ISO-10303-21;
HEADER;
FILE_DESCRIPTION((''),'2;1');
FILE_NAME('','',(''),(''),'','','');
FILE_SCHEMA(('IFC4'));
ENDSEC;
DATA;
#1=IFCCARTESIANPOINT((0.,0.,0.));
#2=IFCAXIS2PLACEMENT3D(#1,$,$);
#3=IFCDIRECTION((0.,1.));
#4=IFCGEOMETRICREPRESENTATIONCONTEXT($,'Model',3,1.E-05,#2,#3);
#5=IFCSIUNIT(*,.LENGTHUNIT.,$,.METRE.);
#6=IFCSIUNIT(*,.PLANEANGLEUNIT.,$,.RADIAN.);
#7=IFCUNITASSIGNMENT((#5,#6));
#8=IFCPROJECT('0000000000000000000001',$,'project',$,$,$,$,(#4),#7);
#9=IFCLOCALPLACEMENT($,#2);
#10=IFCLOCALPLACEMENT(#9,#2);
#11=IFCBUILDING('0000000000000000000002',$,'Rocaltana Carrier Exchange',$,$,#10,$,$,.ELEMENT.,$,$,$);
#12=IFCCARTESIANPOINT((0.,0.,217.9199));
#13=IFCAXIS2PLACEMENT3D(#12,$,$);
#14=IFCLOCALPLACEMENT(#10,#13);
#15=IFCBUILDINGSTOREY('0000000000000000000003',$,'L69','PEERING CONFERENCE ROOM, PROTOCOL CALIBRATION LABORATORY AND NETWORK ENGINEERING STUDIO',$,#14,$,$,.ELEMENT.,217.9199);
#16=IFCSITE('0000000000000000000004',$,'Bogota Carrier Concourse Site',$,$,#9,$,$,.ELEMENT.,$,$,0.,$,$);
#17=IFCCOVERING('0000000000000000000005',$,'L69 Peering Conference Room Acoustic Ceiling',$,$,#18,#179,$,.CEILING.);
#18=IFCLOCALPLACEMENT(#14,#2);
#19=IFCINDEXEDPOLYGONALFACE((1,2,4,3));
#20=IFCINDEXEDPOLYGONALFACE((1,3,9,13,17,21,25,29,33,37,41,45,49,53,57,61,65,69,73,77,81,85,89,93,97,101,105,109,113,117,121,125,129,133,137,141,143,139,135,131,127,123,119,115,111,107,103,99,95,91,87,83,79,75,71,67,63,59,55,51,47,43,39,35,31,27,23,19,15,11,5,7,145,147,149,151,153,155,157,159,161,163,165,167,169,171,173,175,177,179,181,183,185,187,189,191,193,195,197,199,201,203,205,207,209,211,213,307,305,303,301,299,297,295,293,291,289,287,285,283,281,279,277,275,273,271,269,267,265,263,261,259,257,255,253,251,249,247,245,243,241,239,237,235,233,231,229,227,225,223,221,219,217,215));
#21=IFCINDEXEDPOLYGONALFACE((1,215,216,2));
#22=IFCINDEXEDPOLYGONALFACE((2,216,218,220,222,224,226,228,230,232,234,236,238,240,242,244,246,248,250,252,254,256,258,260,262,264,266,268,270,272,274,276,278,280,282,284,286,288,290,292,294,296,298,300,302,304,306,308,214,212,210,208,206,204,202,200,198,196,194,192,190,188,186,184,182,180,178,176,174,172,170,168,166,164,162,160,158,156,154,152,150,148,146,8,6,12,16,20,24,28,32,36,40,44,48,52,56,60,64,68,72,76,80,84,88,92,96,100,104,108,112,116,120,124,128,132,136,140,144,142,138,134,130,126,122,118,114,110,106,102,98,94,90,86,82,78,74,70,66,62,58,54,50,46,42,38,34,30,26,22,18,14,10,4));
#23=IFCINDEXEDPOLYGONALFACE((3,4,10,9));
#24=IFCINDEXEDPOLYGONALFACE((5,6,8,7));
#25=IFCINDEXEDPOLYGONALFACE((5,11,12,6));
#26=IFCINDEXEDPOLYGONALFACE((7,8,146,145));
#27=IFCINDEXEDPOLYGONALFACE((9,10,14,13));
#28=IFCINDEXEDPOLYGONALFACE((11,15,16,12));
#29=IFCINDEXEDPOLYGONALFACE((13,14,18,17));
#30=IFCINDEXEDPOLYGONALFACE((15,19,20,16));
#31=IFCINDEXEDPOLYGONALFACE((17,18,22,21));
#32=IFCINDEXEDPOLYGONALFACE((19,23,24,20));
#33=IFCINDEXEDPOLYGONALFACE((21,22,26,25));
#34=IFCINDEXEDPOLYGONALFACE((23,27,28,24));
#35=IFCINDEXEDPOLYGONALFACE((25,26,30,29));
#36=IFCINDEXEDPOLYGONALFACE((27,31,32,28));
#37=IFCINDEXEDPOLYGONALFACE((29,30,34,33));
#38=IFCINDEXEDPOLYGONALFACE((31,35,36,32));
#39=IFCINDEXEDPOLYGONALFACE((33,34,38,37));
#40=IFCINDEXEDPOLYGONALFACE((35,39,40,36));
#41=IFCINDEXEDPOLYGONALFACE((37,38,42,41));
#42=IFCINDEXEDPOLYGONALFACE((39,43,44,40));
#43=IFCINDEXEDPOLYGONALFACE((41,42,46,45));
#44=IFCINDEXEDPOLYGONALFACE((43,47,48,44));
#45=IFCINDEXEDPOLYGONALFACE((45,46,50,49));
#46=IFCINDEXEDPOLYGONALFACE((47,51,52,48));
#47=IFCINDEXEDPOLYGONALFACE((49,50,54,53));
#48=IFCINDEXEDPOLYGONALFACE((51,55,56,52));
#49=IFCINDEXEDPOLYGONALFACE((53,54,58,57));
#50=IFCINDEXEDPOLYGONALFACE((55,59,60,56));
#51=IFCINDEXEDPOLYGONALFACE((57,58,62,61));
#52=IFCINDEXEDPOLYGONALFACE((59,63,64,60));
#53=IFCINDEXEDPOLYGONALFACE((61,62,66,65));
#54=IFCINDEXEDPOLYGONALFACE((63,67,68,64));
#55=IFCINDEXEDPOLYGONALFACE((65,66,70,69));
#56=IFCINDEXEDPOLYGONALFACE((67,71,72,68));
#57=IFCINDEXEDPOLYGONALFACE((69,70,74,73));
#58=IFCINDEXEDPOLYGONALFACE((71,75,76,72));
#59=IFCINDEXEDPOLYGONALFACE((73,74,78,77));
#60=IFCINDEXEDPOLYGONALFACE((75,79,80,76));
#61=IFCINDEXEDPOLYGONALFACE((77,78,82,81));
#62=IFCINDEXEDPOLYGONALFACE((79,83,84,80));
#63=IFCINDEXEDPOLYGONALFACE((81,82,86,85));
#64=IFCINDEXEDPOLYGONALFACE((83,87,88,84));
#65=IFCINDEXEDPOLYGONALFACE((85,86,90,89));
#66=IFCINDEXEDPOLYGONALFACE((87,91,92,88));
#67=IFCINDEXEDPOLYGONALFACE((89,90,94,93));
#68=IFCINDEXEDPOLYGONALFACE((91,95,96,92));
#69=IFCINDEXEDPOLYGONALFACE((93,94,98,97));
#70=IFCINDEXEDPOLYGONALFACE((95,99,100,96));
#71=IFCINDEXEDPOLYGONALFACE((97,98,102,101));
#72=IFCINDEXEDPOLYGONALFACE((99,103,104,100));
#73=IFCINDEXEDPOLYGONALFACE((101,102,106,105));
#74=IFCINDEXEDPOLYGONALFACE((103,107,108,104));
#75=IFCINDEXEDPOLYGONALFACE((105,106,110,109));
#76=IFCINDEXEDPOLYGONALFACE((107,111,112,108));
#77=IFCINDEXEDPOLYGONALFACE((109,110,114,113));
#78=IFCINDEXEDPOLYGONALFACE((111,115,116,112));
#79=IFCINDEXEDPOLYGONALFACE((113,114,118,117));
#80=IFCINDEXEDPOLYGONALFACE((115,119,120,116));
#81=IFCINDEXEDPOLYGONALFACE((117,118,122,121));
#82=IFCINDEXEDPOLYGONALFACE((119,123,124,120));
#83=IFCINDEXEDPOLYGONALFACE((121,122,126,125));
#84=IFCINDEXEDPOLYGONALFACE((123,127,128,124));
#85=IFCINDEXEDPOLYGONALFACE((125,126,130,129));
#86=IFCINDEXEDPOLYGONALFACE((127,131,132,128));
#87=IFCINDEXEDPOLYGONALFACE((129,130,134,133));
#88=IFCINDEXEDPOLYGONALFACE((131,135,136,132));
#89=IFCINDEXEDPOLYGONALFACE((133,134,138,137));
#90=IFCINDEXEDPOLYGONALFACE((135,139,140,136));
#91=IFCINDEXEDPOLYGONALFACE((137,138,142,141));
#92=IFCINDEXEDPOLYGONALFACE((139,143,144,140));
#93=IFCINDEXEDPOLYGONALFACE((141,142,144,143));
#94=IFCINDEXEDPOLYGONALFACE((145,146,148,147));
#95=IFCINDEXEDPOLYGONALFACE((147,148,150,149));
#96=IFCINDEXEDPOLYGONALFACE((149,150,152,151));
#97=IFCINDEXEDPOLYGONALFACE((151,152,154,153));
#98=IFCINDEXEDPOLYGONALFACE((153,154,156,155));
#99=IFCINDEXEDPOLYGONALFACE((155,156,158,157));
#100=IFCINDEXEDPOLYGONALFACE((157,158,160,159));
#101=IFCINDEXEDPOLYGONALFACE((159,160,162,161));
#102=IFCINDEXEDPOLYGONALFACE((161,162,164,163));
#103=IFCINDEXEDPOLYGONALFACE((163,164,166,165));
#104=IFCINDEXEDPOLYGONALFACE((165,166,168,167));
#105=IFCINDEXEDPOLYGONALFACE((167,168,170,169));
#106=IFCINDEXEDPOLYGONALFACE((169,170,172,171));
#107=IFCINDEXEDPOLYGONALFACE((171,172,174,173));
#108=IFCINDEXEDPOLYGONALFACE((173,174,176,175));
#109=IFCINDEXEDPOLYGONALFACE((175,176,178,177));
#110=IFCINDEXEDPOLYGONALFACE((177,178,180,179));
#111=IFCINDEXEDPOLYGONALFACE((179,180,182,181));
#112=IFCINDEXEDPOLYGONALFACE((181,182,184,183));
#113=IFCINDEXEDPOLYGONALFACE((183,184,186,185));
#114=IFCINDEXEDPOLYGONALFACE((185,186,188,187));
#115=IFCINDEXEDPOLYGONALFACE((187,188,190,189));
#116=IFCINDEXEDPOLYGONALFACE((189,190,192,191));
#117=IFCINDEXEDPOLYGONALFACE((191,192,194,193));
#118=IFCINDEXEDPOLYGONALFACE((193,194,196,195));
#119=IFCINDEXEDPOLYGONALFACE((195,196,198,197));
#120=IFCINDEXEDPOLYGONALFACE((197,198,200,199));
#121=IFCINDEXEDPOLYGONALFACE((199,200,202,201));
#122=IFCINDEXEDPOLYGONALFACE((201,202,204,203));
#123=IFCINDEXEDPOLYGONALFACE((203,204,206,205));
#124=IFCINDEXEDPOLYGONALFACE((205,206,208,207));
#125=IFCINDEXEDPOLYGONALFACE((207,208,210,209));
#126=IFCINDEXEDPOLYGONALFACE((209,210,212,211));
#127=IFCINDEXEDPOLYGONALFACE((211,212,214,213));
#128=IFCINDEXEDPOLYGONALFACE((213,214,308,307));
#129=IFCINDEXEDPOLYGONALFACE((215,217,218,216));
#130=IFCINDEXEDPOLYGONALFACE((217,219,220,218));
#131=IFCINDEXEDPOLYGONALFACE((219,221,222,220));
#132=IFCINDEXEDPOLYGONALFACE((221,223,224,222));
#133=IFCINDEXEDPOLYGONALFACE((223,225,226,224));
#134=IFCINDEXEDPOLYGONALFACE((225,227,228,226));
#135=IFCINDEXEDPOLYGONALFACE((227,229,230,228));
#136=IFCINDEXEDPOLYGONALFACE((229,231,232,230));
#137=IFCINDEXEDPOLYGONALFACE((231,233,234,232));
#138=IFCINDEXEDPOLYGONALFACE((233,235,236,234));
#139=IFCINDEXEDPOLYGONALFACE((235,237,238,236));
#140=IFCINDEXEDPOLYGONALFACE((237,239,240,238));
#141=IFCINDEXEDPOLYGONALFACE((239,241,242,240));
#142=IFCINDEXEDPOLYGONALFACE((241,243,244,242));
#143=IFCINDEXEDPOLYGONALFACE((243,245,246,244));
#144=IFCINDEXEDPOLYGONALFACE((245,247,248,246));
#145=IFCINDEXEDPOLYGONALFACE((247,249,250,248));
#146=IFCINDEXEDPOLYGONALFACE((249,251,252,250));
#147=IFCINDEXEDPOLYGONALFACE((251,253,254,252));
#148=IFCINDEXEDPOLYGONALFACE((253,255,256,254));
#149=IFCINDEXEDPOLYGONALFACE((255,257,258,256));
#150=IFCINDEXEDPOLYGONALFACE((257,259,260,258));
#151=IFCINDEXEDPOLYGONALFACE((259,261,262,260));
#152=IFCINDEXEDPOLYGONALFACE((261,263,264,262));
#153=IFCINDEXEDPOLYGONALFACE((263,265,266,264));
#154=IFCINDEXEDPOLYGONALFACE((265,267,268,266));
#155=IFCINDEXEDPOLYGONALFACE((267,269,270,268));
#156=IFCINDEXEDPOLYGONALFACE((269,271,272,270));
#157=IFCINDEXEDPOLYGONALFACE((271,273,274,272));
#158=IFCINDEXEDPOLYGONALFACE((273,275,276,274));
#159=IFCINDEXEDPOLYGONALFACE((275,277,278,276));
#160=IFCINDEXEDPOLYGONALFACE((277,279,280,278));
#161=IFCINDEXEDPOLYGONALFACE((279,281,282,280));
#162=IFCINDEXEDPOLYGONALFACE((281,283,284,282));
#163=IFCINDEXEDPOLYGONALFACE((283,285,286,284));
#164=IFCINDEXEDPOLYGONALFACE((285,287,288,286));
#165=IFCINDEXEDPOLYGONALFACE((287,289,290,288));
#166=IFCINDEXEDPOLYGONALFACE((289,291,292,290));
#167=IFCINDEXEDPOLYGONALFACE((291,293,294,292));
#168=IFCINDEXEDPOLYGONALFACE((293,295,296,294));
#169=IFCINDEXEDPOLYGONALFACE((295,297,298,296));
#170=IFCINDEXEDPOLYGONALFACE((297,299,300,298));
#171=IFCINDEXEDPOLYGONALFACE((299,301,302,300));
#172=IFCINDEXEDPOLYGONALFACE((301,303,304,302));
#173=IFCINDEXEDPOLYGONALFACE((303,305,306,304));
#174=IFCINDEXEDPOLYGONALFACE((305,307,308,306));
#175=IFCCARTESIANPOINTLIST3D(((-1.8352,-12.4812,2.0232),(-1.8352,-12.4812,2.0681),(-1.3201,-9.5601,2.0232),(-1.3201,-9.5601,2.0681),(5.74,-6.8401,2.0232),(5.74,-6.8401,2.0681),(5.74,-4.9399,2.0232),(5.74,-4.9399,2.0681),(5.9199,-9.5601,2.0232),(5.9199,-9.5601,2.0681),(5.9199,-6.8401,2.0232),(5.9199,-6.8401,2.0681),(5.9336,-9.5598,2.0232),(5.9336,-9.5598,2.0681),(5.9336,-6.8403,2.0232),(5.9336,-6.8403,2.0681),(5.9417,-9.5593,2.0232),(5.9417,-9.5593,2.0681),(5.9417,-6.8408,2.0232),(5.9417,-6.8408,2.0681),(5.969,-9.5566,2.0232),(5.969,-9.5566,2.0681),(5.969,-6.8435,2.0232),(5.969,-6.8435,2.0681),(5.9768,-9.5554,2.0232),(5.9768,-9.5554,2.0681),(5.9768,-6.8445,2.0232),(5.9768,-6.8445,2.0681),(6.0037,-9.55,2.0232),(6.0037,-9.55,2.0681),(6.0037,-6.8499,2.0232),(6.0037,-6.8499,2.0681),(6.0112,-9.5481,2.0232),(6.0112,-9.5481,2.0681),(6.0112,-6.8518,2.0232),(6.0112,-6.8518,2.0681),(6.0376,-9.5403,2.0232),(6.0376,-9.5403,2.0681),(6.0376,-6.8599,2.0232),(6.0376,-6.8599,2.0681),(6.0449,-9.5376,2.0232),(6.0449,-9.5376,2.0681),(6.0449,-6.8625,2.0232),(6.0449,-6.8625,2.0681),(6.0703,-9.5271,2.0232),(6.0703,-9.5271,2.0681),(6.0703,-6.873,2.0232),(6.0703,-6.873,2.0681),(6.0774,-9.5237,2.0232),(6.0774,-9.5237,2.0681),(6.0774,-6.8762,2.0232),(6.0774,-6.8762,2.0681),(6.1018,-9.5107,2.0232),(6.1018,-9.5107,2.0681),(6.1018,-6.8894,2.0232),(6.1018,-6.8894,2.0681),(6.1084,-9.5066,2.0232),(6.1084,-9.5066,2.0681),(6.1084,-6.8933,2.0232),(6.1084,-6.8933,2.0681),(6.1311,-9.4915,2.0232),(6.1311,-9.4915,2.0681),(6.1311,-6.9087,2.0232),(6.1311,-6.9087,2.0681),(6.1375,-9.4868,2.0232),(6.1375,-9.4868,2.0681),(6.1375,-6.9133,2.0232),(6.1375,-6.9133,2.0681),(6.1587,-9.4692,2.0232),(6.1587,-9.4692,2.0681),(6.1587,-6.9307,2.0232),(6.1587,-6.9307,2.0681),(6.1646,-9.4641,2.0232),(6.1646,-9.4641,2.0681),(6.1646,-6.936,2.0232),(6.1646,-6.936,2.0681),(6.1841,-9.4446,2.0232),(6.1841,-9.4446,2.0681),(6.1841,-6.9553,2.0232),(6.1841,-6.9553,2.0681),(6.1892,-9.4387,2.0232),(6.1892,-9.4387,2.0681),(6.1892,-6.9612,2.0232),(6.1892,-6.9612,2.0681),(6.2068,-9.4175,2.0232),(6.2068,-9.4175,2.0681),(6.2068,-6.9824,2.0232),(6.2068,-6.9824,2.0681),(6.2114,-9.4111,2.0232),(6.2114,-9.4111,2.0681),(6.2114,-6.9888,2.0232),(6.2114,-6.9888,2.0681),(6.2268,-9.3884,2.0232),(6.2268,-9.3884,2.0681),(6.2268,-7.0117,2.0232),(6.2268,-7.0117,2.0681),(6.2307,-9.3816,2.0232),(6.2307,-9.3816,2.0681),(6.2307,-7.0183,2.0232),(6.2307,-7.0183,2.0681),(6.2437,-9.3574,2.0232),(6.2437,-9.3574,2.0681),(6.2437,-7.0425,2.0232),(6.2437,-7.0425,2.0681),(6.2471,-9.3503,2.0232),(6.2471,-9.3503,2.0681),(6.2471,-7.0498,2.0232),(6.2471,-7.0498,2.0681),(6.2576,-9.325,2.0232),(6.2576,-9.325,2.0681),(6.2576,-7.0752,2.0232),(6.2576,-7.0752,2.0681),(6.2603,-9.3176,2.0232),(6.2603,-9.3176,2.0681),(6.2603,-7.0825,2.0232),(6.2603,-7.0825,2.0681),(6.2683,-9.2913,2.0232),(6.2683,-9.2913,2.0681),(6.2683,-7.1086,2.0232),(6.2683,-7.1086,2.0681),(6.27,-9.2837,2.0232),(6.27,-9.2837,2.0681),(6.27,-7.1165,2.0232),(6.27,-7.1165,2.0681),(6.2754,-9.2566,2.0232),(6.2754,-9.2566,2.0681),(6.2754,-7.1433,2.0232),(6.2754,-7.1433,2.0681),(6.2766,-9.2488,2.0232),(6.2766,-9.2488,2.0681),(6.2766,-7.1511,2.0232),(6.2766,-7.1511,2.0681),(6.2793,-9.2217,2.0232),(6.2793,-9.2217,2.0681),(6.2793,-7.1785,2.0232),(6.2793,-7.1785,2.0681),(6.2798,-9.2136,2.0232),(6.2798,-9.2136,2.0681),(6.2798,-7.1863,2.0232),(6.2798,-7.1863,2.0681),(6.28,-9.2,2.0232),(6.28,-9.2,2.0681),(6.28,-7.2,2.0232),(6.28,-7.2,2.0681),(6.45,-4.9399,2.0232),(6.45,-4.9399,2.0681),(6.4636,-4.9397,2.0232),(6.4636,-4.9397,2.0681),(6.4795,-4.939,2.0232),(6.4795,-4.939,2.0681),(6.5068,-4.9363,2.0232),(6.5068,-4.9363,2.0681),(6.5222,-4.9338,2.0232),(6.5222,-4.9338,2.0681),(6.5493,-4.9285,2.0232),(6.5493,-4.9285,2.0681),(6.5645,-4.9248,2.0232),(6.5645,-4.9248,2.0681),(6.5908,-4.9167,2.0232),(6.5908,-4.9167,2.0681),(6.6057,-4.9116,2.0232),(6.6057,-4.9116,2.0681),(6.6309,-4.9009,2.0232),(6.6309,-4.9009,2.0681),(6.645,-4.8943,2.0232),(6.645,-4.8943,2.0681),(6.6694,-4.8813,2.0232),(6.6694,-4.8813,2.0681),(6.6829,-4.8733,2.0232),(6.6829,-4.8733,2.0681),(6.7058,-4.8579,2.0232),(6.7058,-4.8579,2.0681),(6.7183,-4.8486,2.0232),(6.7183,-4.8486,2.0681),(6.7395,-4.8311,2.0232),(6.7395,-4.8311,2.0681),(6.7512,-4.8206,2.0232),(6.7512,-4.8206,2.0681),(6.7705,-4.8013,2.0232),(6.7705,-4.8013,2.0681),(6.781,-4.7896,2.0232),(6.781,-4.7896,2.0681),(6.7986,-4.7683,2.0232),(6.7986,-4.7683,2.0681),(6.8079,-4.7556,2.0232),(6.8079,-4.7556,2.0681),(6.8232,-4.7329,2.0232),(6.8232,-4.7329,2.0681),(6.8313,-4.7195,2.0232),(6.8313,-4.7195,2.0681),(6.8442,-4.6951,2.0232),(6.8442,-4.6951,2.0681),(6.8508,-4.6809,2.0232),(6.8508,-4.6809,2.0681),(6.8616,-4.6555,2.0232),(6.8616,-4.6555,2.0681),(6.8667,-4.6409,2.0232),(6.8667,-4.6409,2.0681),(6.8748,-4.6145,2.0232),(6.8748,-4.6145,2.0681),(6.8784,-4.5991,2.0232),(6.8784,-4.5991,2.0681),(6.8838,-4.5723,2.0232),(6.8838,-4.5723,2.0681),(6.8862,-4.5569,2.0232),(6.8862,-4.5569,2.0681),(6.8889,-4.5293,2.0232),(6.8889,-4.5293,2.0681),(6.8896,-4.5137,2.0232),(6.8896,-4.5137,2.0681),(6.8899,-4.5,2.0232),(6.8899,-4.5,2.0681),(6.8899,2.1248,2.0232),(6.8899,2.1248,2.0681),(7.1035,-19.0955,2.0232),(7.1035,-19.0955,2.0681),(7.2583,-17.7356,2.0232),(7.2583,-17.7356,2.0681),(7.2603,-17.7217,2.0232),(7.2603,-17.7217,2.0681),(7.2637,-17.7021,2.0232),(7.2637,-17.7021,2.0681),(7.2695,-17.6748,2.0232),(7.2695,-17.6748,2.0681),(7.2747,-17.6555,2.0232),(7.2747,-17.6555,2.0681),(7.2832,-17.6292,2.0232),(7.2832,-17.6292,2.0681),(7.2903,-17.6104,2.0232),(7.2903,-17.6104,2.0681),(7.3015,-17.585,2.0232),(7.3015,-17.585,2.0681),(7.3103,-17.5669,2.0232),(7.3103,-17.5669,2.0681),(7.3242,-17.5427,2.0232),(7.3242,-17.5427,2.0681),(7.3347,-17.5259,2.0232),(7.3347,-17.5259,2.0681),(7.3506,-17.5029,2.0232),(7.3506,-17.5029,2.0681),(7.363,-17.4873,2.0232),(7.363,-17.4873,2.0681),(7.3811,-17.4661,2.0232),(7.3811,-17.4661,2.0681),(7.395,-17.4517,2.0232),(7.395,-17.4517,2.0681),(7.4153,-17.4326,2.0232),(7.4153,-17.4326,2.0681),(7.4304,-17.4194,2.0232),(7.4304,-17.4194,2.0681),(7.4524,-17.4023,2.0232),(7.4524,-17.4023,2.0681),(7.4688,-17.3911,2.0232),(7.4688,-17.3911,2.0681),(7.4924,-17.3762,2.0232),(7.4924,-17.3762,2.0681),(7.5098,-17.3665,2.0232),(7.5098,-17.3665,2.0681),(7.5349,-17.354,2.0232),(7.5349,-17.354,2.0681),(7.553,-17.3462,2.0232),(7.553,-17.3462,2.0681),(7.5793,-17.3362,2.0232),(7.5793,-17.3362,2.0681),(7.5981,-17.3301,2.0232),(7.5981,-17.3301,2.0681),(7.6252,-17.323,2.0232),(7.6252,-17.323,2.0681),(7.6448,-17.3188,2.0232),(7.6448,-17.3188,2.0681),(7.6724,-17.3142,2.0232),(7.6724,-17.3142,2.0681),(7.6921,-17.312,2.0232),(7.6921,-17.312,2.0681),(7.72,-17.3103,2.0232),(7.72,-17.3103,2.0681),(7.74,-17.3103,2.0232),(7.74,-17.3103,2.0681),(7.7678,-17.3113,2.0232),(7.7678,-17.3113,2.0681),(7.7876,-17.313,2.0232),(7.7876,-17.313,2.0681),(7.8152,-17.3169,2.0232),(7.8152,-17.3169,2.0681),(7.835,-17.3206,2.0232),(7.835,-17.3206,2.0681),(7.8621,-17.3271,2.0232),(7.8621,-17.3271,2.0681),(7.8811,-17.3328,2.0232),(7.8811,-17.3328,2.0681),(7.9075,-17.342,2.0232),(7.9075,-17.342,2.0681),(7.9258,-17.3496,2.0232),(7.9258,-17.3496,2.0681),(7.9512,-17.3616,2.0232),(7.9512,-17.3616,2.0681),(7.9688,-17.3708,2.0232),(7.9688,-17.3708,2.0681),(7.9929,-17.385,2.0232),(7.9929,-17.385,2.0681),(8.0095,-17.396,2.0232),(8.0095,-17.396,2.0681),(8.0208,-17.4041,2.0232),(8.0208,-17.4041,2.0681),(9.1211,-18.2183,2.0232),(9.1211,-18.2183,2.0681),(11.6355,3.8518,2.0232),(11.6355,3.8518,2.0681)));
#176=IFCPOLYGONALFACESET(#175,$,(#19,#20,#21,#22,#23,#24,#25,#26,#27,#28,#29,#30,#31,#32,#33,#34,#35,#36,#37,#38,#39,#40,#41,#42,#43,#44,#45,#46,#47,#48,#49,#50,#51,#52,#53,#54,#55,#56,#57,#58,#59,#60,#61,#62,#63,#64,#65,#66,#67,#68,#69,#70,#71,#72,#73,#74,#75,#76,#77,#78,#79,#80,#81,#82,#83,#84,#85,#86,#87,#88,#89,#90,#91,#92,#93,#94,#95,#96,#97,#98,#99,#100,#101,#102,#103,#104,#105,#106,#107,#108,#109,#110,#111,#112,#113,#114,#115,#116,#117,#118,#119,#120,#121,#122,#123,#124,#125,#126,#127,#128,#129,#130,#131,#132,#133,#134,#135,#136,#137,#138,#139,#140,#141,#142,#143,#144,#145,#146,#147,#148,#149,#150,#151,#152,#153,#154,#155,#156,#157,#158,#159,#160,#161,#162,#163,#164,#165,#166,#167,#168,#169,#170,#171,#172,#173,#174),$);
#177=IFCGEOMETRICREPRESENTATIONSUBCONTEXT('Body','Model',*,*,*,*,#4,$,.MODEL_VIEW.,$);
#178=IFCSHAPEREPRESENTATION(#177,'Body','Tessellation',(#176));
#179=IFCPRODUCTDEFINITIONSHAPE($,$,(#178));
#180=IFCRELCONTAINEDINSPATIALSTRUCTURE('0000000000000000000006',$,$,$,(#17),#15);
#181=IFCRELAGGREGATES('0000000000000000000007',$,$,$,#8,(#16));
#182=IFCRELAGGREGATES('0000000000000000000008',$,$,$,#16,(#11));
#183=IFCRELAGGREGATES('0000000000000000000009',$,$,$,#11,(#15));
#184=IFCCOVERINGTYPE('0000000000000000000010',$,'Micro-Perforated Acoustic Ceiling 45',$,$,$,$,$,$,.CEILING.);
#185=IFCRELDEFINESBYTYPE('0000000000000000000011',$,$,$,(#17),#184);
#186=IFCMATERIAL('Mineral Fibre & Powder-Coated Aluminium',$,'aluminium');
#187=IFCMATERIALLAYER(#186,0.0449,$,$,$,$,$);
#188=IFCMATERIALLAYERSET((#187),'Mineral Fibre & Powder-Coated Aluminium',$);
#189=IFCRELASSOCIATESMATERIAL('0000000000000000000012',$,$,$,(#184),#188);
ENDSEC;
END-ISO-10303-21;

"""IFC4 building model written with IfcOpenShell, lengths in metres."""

from ifc_helpers import new_model, si_unit, direction, frame, origin, place, context, subcontext, project, spatial, polyline, outline, extrude, material, layer, layer_set, type_object, element, save


model = new_model("IFC4")

# Units and contexts
model_context = context("Model", 3, precision=1e-05, world=origin(), true_north=direction((0.0, 1.0)))
body_context = subcontext(model_context, "Body", "Model", "MODEL_VIEW")
ifc_project = project(units=[si_unit("LENGTHUNIT", "METRE"), si_unit("PLANEANGLEUNIT", "RADIAN")], contexts=[model_context])

# Site, building, storey
site_placement = place(None, origin())
site = spatial("IfcSite", under=ifc_project, at=site_placement, Name="Bogota Carrier Concourse Site", CompositionType="ELEMENT", RefElevation=0.0)
building_placement = place(site_placement, origin())
building = spatial("IfcBuilding", under=site, at=building_placement, Name="Rocaltana Carrier Exchange", CompositionType="ELEMENT")
storey_placement = place(building_placement, frame((0.0, 0.0, 217.9199)))
storey = spatial("IfcBuildingStorey", under=building, at=storey_placement, Name="L69", Description="PEERING CONFERENCE ROOM, PROTOCOL CALIBRATION LABORATORY AND NETWORK ENGINEERING STUDIO", CompositionType="ELEMENT", Elevation=217.9199)

# Covering
ifc_material_1 = material(Name="Mineral Fibre & Powder-Coated Aluminium", Category="aluminium")
ifc_layer_1 = layer(ifc_material_1, 0.0449)
ifc_layer_set_1 = layer_set([ifc_layer_1], Name="Mineral Fibre & Powder-Coated Aluminium")
covering_type_1 = type_object("IfcCoveringType", Name="Micro-Perforated Acoustic Ceiling 45", PredefinedType="CEILING", material=ifc_layer_set_1)
covering_1_placement = place(storey_placement, frame((0.0, 0.0, 2.0232)))
element("IfcCovering", 1, at=covering_1_placement, inside=storey, type_object=covering_type_1, Name="L69 Peering Conference Room Acoustic Ceiling", PredefinedType="CEILING", context=body_context, shape_type="SweptSolid", body=[
    extrude(outline(polyline([(5.74, -6.8401), (5.74, -4.9399), (6.45, -4.9399), (6.4636, -4.9397), (6.4795, -4.939), (6.5068, -4.9363), (6.5222, -4.9338), (6.5493, -4.9285), (6.5645, -4.9248), (6.5908, -4.9167), (6.6057, -4.9116), (6.6309, -4.9009), (6.645, -4.8943), (6.6694, -4.8813), (6.6829, -4.8733), (6.7058, -4.8579), (6.7183, -4.8486), (6.7395, -4.8311), (6.7512, -4.8206), (6.7705, -4.8013), (6.781, -4.7896), (6.7986, -4.7683), (6.8079, -4.7556), (6.8232, -4.7329), (6.8313, -4.7195), (6.8442, -4.6951), (6.8508, -4.6809), (6.8616, -4.6555), (6.8667, -4.6409), (6.8748, -4.6145), (6.8784, -4.5991), (6.8838, -4.5723), (6.8862, -4.5569), (6.8889, -4.5293), (6.8896, -4.5137), (6.8899, -4.5), (6.8899, 2.1248), (11.6355, 3.8518), (9.1211, -18.2183), (8.0208, -17.4041), (8.0095, -17.396), (7.9929, -17.385), (7.9688, -17.3708), (7.9512, -17.3616), (7.9258, -17.3496), (7.9075, -17.342), (7.8811, -17.3328), (7.8621, -17.3271), (7.835, -17.3206), (7.8152, -17.3169), (7.7876, -17.313), (7.7678, -17.3113), (7.74, -17.3103), (7.72, -17.3103), (7.6921, -17.312), (7.6724, -17.3142), (7.6448, -17.3188), (7.6252, -17.323), (7.5981, -17.3301), (7.5793, -17.3362), (7.553, -17.3462), (7.5349, -17.354), (7.5098, -17.3665), (7.4924, -17.3762), (7.4688, -17.3911), (7.4524, -17.4023), (7.4304, -17.4194), (7.4153, -17.4326), (7.395, -17.4517), (7.3811, -17.4661), (7.363, -17.4873), (7.3506, -17.5029), (7.3347, -17.5259), (7.3242, -17.5427), (7.3103, -17.5669), (7.3015, -17.585), (7.2903, -17.6104), (7.2832, -17.6292), (7.2747, -17.6555), (7.2695, -17.6748), (7.2637, -17.7021), (7.2603, -17.7217), (7.2583, -17.7356), (7.1035, -19.0955), (-1.8352, -12.4812), (-1.3201, -9.5601), (5.9199, -9.5601), (5.9336, -9.5598), (5.9417, -9.5593), (5.969, -9.5566), (5.9768, -9.5554), (6.0037, -9.55), (6.0112, -9.5481), (6.0376, -9.5403), (6.0449, -9.5376), (6.0703, -9.5271), (6.0774, -9.5237), (6.1018, -9.5107), (6.1084, -9.5066), (6.1311, -9.4915), (6.1375, -9.4868), (6.1587, -9.4692), (6.1646, -9.4641), (6.1841, -9.4446), (6.1892, -9.4387), (6.2068, -9.4175), (6.2114, -9.4111), (6.2268, -9.3884), (6.2307, -9.3816), (6.2437, -9.3574), (6.2471, -9.3503), (6.2576, -9.325), (6.2603, -9.3176), (6.2683, -9.2913), (6.27, -9.2837), (6.2754, -9.2566), (6.2766, -9.2488), (6.2793, -9.2217), (6.2798, -9.2136), (6.28, -9.2), (6.28, -7.2), (6.2798, -7.1863), (6.2793, -7.1785), (6.2766, -7.1511), (6.2754, -7.1433), (6.27, -7.1165), (6.2683, -7.1086), (6.2603, -7.0825), (6.2576, -7.0752), (6.2471, -7.0498), (6.2437, -7.0425), (6.2307, -7.0183), (6.2268, -7.0117), (6.2114, -6.9888), (6.2068, -6.9824), (6.1892, -6.9612), (6.1841, -6.9553), (6.1646, -6.936), (6.1587, -6.9307), (6.1375, -6.9133), (6.1311, -6.9087), (6.1084, -6.8933), (6.1018, -6.8894), (6.0774, -6.8762), (6.0703, -6.873), (6.0449, -6.8625), (6.0376, -6.8599), (6.0112, -6.8518), (6.0037, -6.8499), (5.9768, -6.8445), (5.969, -6.8435), (5.9417, -6.8408), (5.9336, -6.8403), (5.9199, -6.8401), (5.74, -6.8401)])), origin(), (0.0, 0.0, 1.0), 0.0449),
])

save(model, "model.ifc")
